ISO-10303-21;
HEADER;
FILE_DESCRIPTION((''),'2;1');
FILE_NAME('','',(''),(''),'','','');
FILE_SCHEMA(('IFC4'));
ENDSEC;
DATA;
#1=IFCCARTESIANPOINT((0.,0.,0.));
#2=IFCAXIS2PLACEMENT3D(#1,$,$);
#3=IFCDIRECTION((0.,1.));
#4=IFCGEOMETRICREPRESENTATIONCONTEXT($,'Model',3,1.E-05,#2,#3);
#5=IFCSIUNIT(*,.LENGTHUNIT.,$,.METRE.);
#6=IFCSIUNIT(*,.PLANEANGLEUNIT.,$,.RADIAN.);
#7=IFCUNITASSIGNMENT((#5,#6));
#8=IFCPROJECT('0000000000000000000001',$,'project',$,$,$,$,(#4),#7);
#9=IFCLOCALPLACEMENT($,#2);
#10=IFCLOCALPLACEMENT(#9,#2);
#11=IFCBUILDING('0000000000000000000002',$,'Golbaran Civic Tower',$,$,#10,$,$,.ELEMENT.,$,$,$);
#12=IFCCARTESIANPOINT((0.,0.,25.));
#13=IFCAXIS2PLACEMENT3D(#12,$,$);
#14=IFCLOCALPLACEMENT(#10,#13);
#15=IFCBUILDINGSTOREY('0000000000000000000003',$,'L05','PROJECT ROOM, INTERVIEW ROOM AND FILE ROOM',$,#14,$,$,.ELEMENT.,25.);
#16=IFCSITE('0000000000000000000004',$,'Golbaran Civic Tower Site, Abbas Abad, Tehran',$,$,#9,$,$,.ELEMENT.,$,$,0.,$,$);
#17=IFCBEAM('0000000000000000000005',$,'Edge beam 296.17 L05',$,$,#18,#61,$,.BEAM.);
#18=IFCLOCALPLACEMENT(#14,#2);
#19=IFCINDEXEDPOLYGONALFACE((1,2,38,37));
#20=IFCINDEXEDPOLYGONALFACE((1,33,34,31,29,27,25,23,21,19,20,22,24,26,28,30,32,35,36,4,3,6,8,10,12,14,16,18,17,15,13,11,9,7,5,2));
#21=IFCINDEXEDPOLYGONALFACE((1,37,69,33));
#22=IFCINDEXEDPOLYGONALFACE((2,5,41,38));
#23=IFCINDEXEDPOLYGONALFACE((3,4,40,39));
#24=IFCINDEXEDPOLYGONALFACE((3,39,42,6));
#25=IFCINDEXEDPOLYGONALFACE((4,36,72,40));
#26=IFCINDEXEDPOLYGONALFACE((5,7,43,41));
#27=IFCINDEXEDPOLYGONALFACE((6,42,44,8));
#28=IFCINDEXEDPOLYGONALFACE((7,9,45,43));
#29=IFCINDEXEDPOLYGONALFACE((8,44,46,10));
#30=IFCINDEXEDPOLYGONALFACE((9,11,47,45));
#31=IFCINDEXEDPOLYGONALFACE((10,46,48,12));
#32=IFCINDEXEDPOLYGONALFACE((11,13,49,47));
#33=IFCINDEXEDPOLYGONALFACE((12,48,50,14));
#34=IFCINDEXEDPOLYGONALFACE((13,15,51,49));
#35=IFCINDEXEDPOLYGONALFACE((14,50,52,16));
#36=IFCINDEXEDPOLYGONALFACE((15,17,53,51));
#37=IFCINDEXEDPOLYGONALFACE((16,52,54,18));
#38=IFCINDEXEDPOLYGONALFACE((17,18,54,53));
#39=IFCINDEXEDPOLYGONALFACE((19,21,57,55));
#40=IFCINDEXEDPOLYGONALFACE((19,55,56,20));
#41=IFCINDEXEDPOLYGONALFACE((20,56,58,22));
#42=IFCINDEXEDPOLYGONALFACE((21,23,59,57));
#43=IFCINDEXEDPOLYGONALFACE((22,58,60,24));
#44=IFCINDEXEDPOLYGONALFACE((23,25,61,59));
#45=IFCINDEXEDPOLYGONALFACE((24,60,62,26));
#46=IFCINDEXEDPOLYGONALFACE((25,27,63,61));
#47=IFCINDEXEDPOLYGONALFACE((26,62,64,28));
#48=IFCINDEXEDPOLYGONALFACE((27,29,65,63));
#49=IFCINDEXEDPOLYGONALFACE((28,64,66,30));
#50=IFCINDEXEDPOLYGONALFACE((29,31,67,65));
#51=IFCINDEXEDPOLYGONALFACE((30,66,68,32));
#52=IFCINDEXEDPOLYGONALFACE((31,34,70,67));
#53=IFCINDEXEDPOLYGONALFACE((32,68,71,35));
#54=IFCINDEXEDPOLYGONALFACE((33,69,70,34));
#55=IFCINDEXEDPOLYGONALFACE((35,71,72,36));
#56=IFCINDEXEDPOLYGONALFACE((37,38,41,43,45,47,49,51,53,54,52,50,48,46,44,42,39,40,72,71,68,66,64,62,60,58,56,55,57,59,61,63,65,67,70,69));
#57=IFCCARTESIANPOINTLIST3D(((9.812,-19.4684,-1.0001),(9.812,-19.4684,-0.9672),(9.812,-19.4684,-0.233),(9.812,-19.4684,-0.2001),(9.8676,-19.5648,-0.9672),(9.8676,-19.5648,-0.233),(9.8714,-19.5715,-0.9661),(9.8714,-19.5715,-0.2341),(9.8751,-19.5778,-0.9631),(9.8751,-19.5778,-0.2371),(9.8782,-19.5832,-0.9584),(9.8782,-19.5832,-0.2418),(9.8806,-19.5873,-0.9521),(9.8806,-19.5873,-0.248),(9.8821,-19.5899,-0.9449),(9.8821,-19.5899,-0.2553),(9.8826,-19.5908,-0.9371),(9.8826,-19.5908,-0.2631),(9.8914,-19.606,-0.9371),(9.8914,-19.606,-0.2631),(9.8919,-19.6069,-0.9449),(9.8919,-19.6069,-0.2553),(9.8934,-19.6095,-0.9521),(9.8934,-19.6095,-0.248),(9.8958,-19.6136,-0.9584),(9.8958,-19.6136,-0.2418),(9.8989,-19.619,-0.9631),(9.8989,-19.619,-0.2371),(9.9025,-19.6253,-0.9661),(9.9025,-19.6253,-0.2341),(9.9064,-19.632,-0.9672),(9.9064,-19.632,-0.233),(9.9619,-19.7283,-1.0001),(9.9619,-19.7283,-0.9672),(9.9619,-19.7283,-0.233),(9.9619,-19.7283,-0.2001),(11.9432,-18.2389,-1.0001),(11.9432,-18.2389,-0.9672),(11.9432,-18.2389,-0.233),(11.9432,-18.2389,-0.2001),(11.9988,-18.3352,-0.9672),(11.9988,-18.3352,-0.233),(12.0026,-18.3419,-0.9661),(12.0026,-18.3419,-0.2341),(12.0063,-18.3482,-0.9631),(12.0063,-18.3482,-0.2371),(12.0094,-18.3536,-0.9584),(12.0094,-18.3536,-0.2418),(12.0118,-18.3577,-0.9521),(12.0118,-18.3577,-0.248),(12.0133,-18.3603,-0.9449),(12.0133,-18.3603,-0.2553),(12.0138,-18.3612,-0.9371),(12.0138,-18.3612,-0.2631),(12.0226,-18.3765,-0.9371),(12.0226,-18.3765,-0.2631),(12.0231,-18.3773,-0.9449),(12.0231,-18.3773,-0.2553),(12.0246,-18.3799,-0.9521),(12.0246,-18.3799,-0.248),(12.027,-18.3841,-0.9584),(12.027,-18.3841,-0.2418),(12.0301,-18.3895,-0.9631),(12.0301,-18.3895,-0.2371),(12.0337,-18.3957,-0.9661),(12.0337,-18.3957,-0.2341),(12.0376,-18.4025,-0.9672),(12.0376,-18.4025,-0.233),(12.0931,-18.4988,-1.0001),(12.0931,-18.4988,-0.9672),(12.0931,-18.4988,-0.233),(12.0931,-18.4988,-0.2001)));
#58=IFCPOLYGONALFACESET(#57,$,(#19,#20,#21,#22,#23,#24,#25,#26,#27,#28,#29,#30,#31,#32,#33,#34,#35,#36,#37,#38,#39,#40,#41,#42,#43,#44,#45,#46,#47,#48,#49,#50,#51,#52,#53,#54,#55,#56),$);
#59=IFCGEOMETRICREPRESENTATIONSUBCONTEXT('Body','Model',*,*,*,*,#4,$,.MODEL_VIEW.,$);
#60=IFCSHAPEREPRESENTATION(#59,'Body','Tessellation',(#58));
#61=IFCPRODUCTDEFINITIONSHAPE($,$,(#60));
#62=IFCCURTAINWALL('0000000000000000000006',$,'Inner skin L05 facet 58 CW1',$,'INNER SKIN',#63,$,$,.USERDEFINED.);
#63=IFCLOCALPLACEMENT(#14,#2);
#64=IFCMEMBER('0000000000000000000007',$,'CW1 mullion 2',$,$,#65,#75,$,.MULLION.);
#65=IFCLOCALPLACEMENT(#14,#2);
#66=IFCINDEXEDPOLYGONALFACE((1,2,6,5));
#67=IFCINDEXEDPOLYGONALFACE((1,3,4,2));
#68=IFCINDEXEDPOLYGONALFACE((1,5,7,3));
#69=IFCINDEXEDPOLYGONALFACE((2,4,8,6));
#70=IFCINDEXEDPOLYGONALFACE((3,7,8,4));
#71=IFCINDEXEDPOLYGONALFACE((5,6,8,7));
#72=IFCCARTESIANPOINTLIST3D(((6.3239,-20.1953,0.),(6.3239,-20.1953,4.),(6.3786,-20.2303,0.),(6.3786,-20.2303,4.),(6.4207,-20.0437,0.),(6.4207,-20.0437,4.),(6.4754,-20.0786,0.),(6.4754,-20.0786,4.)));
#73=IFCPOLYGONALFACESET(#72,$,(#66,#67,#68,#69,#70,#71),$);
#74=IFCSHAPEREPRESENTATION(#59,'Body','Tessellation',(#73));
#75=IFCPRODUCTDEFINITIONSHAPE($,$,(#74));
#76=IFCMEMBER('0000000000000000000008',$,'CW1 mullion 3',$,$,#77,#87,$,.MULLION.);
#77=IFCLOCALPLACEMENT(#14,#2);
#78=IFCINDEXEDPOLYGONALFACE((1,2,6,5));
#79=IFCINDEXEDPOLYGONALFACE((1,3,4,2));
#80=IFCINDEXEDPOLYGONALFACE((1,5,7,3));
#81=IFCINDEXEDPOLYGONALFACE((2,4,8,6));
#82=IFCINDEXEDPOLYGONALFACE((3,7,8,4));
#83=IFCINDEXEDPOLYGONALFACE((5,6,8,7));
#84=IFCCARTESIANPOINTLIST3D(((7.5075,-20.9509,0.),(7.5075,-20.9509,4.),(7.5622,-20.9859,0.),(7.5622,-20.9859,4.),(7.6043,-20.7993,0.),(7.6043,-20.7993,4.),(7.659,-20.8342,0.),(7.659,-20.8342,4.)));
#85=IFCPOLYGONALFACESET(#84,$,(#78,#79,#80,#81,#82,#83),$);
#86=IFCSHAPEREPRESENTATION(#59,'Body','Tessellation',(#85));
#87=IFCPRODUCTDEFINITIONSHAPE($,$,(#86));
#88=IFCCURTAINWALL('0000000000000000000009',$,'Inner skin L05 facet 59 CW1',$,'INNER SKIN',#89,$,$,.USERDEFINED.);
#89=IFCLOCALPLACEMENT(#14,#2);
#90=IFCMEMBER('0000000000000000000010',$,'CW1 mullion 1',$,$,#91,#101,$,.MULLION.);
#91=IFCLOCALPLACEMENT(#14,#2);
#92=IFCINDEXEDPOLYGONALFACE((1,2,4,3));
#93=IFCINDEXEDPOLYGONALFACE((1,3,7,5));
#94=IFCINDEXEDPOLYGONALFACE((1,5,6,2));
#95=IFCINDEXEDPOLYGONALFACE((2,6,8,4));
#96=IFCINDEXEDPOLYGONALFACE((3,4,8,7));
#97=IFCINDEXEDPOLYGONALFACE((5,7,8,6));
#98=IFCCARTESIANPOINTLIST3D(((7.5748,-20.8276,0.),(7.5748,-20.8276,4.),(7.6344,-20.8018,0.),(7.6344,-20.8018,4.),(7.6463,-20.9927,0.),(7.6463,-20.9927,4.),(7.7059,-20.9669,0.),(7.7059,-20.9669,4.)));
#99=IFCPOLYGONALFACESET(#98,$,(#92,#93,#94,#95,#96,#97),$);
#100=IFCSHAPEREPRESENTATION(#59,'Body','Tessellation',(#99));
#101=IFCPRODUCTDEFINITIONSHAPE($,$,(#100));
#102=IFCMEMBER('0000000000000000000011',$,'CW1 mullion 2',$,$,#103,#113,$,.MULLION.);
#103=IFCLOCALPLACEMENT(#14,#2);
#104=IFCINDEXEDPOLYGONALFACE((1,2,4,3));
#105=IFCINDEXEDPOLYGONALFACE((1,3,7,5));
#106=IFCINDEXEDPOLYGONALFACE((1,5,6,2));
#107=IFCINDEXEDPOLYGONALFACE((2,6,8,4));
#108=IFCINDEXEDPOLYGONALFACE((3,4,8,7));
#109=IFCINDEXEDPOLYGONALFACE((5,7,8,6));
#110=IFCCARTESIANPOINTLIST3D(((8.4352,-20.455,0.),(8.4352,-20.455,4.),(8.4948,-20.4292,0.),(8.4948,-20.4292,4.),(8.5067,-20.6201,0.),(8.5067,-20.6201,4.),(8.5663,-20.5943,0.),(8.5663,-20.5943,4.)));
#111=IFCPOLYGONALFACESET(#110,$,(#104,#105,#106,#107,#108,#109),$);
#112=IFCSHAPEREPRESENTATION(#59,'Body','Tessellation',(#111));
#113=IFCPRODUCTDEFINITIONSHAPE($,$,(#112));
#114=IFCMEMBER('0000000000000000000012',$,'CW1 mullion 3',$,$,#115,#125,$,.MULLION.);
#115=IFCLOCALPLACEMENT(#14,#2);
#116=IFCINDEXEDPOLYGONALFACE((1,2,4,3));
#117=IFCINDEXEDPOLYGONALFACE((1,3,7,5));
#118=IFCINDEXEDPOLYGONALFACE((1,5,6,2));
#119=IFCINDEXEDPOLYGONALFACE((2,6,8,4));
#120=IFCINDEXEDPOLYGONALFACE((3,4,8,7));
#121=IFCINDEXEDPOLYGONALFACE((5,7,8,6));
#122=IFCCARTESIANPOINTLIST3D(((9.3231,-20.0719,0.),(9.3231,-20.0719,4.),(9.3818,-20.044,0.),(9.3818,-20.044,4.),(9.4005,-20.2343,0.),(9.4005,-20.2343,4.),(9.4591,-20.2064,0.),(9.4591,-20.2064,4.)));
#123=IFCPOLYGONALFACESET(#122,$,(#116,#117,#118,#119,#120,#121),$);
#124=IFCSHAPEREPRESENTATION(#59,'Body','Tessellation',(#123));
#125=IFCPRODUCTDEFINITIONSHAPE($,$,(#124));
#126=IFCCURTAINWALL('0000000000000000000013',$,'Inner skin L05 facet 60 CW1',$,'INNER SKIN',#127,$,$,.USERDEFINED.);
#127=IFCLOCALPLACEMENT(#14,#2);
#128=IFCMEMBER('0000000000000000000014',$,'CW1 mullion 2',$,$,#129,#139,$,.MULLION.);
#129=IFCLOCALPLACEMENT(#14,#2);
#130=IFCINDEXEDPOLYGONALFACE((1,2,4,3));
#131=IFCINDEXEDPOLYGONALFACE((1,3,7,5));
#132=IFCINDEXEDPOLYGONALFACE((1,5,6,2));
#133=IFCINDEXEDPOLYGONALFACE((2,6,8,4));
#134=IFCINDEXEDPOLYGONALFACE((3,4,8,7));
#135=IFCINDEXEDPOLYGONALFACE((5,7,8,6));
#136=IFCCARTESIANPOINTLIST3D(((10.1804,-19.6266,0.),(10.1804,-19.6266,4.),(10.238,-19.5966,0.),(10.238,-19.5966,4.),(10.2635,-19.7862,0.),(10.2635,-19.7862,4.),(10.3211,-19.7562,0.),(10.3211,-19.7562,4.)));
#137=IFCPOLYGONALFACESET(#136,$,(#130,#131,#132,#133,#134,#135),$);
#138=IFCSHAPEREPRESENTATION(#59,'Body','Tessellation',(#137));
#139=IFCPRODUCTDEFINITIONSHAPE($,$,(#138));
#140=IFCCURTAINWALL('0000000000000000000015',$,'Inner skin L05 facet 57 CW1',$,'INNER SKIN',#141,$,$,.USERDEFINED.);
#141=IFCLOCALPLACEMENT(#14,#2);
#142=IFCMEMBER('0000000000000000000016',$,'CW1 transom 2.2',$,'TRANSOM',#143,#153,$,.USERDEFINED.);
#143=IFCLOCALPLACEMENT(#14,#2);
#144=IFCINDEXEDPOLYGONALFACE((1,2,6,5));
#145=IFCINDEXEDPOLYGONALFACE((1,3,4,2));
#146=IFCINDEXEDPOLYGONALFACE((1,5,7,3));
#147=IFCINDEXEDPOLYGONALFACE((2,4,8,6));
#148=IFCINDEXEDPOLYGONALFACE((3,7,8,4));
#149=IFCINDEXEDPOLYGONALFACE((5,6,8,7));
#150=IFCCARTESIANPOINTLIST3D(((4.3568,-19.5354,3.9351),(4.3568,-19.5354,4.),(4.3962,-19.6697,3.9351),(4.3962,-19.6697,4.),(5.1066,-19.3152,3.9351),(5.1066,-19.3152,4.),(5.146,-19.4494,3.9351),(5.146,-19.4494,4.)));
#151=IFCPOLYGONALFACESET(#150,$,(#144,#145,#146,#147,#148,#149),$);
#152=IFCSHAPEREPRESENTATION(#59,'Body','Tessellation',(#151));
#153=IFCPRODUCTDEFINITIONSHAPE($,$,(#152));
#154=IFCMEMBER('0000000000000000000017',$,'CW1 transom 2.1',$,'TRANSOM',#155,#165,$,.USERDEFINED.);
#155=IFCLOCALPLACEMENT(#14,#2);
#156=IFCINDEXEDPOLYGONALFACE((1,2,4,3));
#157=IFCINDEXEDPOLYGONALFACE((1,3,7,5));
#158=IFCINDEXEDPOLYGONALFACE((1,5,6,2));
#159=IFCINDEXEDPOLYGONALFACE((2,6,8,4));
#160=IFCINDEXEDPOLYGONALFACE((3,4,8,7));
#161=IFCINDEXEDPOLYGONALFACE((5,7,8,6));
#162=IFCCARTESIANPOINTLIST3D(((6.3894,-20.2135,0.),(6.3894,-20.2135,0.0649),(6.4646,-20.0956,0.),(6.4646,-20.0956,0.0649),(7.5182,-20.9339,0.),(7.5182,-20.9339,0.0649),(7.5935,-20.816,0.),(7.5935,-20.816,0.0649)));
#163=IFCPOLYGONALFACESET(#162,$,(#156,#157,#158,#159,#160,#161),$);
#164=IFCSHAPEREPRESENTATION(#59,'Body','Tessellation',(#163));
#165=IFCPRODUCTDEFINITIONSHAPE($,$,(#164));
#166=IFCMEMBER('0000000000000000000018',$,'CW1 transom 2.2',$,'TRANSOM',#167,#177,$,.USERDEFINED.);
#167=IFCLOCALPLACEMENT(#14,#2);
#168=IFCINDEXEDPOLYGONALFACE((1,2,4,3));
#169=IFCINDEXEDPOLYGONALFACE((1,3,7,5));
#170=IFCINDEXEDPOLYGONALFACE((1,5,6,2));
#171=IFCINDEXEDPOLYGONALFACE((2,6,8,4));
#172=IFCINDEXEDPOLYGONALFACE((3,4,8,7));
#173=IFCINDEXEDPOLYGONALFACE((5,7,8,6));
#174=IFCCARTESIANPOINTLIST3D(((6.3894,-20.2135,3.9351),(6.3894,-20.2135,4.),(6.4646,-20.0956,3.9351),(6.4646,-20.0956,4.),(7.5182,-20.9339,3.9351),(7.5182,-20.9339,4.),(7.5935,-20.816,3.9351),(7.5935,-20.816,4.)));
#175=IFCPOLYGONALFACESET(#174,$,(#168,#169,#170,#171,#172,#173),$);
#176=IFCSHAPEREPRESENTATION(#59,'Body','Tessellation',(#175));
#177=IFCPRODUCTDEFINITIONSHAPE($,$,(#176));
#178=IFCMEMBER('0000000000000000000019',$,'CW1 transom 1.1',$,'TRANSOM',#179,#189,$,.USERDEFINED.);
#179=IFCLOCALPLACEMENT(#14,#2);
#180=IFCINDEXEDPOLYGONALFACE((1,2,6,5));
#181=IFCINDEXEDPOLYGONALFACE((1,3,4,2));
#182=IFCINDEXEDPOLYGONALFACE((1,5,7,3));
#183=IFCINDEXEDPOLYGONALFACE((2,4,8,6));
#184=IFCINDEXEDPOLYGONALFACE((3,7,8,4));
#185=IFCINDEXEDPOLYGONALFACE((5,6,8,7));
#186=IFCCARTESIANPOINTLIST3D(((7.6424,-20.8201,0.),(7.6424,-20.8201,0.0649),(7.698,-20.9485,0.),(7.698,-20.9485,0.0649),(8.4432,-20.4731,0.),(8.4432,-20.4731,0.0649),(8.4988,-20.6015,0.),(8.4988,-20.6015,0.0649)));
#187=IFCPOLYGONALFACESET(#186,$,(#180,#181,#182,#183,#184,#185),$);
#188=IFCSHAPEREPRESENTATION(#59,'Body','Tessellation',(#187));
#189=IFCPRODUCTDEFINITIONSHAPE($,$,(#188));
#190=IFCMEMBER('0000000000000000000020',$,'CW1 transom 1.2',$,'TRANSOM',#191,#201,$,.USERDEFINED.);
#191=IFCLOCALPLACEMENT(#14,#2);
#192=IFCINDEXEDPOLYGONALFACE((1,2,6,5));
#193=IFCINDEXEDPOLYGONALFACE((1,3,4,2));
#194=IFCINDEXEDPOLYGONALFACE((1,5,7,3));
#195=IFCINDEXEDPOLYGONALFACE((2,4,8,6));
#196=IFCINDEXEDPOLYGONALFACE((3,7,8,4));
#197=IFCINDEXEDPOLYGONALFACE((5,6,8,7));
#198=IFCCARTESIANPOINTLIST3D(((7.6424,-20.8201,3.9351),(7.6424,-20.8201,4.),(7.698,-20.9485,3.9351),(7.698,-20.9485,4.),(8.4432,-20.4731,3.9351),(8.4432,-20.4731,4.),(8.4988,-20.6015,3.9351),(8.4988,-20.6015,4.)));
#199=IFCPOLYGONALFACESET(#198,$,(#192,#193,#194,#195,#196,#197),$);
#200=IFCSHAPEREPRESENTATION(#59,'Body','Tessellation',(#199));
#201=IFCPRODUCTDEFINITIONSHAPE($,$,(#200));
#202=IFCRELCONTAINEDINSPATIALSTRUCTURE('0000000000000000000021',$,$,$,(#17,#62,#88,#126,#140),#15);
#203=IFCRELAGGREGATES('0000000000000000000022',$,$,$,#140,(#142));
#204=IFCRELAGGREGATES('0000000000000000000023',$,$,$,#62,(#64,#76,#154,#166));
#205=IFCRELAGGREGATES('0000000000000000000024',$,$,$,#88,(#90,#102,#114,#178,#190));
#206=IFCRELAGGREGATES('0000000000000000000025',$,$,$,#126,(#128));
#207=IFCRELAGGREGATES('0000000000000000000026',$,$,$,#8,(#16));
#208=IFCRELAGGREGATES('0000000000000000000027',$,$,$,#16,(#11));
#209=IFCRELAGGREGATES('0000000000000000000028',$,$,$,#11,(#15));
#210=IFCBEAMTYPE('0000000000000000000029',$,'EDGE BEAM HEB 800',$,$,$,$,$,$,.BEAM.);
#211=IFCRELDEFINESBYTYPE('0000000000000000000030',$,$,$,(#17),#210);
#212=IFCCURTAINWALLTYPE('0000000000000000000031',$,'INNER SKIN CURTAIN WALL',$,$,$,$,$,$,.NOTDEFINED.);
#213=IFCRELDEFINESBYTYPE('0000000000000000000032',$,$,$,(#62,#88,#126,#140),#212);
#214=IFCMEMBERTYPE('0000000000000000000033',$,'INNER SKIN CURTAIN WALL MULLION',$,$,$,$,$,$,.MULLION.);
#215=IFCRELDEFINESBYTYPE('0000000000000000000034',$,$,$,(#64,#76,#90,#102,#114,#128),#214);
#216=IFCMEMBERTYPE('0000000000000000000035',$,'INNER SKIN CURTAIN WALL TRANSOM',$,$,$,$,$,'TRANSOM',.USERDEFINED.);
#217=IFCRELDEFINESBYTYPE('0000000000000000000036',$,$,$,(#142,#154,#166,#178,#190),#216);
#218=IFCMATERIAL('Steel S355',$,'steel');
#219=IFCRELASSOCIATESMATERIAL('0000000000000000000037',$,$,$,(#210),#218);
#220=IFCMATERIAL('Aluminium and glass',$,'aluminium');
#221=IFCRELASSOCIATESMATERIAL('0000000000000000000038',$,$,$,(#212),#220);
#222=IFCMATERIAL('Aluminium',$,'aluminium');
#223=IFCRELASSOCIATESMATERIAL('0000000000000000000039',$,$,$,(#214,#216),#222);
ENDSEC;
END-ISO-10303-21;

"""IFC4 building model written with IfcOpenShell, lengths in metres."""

from ifc_helpers import new_model, si_unit, direction, frame, origin, origin_2d, place, context, subcontext, project, spatial, rectangle, i_section, extrude, material, material_profile, profile_set, type_object, element, aggregate, save


model = new_model("IFC4")

# Units and contexts
model_context = context("Model", 3, precision=1e-05, world=origin(), true_north=direction((0.0, 1.0)))
body_context = subcontext(model_context, "Body", "Model", "MODEL_VIEW")
ifc_project = project(units=[si_unit("LENGTHUNIT", "METRE"), si_unit("PLANEANGLEUNIT", "RADIAN")], contexts=[model_context])

# Site, building, storey
site_placement = place(None, origin())
site = spatial("IfcSite", under=ifc_project, at=site_placement, Name="Golbaran Civic Tower Site, Abbas Abad, Tehran", CompositionType="ELEMENT", RefElevation=0.0)
building_placement = place(site_placement, origin())
building = spatial("IfcBuilding", under=site, at=building_placement, Name="Golbaran Civic Tower", CompositionType="ELEMENT")
storey_placement = place(building_placement, frame((0.0, 0.0, 25.0)))
storey = spatial("IfcBuildingStorey", under=building, at=storey_placement, Name="L05", Description="PROJECT ROOM, INTERVIEW ROOM AND FILE ROOM", CompositionType="ELEMENT", Elevation=25.0)

# Beam
ifc_material_1 = material(Name="Steel S355", Category="steel")
ifc_material_profile_1 = material_profile(ifc_material_1, i_section(OverallWidth=0.3, OverallDepth=0.8, WebThickness=0.0176, FlangeThickness=0.033, FilletRadius=0.03, at=origin_2d()), Name="HEB 800")
ifc_profile_set_1 = profile_set([ifc_material_profile_1], Name="Steel S355")
beam_type = type_object("IfcBeamType", Name="EDGE BEAM HEB 800", PredefinedType="BEAM", material=ifc_profile_set_1)
beam_placement = place(storey_placement, frame((9.887, -19.5984, -0.6001), z_axis=(0.866184, 0.499725, 0.0), x_axis=(-0.499725, 0.866184, 0.0)))
element("IfcBeam", 1, at=beam_placement, inside=storey, type_object=beam_type, Name="Edge beam 296.17 L05", PredefinedType="BEAM", context=body_context, shape_type="SweptSolid", body=[
    extrude(i_section(OverallWidth=0.3, OverallDepth=0.8, WebThickness=0.0176, FlangeThickness=0.033, FilletRadius=0.03, at=origin_2d()), origin(), (0.0, 0.0, 1.0), 2.4604),
])

# Curtain walls, members
ifc_material_2 = material(Name="Aluminium and glass", Category="aluminium")
curtain_wall_type = type_object("IfcCurtainWallType", Name="INNER SKIN CURTAIN WALL", PredefinedType="NOTDEFINED", material=ifc_material_2)
curtain_wall_1_placement = place(storey_placement, origin())
curtain_wall_1 = element("IfcCurtainWall", 2, at=curtain_wall_1_placement, inside=storey, type_object=curtain_wall_type, Name="Inner skin L05 facet 58 CW1", ObjectType="INNER SKIN", PredefinedType="USERDEFINED")
ifc_material_3 = material(Name="Aluminium", Category="aluminium")
ifc_material_profile_2 = material_profile(ifc_material_3, rectangle(XDim=0.1799, YDim=0.0649, at=origin_2d()), Name="INNER SKIN CURTAIN WALL MULLION")
ifc_profile_set_2 = profile_set([ifc_material_profile_2], Name="Aluminium")
member_type_1 = type_object("IfcMemberType", Name="INNER SKIN CURTAIN WALL MULLION", PredefinedType="MULLION", material=ifc_profile_set_2)
member_1_placement = place(storey_placement, frame((6.3997, -20.137, 0.0), z_axis=(0.0, 0.0, 1.0), x_axis=(0.538063, 0.842904, 0.0)))
member_1 = element("IfcMember", 3, at=member_1_placement, type_object=member_type_1, Name="CW1 mullion 2", PredefinedType="MULLION", context=body_context, shape_type="SweptSolid", body=[
    extrude(rectangle(XDim=0.1799, YDim=0.0649, at=origin_2d()), origin(), (0.0, 0.0, 1.0), 4.0),
])
member_2_placement = place(storey_placement, frame((7.5833, -20.8926, 0.0), z_axis=(0.0, 0.0, 1.0), x_axis=(0.538063, 0.842904, 0.0)))
member_2 = element("IfcMember", 4, at=member_2_placement, type_object=member_type_1, Name="CW1 mullion 3", PredefinedType="MULLION", context=body_context, shape_type="SweptSolid", body=[
    extrude(rectangle(XDim=0.1799, YDim=0.0649, at=origin_2d()), origin(), (0.0, 0.0, 1.0), 4.0),
])
curtain_wall_2_placement = place(storey_placement, origin())
curtain_wall_2 = element("IfcCurtainWall", 5, at=curtain_wall_2_placement, inside=storey, type_object=curtain_wall_type, Name="Inner skin L05 facet 59 CW1", ObjectType="INNER SKIN", PredefinedType="USERDEFINED")
member_3_placement = place(storey_placement, frame((7.6404, -20.8972, 0.0), z_axis=(0.0, 0.0, 1.0), x_axis=(-0.397383, 0.917653, 0.0)))
member_3 = element("IfcMember", 6, at=member_3_placement, type_object=member_type_1, Name="CW1 mullion 1", PredefinedType="MULLION", context=body_context, shape_type="SweptSolid", body=[
    extrude(rectangle(XDim=0.1799, YDim=0.0649, at=origin_2d()), origin(), (0.0, 0.0, 1.0), 4.0),
])
member_4_placement = place(storey_placement, frame((8.5007, -20.5247, 0.0), z_axis=(0.0, 0.0, 1.0), x_axis=(-0.397383, 0.917653, 0.0)))
member_4 = element("IfcMember", 7, at=member_4_placement, type_object=member_type_1, Name="CW1 mullion 2", PredefinedType="MULLION", context=body_context, shape_type="SweptSolid", body=[
    extrude(rectangle(XDim=0.1799, YDim=0.0649, at=origin_2d()), origin(), (0.0, 0.0, 1.0), 4.0),
])
member_5_placement = place(storey_placement, frame((9.3911, -20.1392, 0.0), z_axis=(0.0, 0.0, 1.0), x_axis=(-0.429839, 0.902906, 0.0)))
member_5 = element("IfcMember", 8, at=member_5_placement, type_object=member_type_1, Name="CW1 mullion 3", PredefinedType="MULLION", context=body_context, shape_type="SweptSolid", body=[
    extrude(rectangle(XDim=0.1799, YDim=0.0649, at=origin_2d()), origin(), (0.0, 0.0, 1.0), 4.0),
])

# Curtain walls, members
curtain_wall_3_placement = place(storey_placement, origin())
curtain_wall_3 = element("IfcCurtainWall", 9, at=curtain_wall_3_placement, inside=storey, type_object=curtain_wall_type, Name="Inner skin L05 facet 60 CW1", ObjectType="INNER SKIN", PredefinedType="USERDEFINED")
member_6_placement = place(storey_placement, frame((10.2507, -19.6914, 0.0), z_axis=(0.0, 0.0, 1.0), x_axis=(-0.461749, 0.887011, 0.0)))
member_6 = element("IfcMember", 10, at=member_6_placement, type_object=member_type_1, Name="CW1 mullion 2", PredefinedType="MULLION", context=body_context, shape_type="SweptSolid", body=[
    extrude(rectangle(XDim=0.1799, YDim=0.0649, at=origin_2d()), origin(), (0.0, 0.0, 1.0), 4.0),
])
curtain_wall_4_placement = place(storey_placement, origin())
curtain_wall_4 = element("IfcCurtainWall", 11, at=curtain_wall_4_placement, inside=storey, type_object=curtain_wall_type, Name="Inner skin L05 facet 57 CW1", ObjectType="INNER SKIN", PredefinedType="USERDEFINED")
ifc_material_profile_3 = material_profile(ifc_material_3, rectangle(XDim=0.1399, YDim=0.0649, at=origin_2d()), Name="INNER SKIN CURTAIN WALL TRANSOM")
ifc_profile_set_3 = profile_set([ifc_material_profile_3], Name="Aluminium")
member_type_2 = type_object("IfcMemberType", Name="INNER SKIN CURTAIN WALL TRANSOM", ElementType="TRANSOM", PredefinedType="USERDEFINED", material=ifc_profile_set_3)
member_7_placement = place(storey_placement, frame((4.3765, -19.6025, 3.9675), z_axis=(0.95947, 0.281811, 0.0), x_axis=(-0.281811, 0.95947, 0.0)))
member_7 = element("IfcMember", 12, at=member_7_placement, type_object=member_type_2, Name="CW1 transom 2.2", ObjectType="TRANSOM", PredefinedType="USERDEFINED", context=body_context, shape_type="SweptSolid", body=[
    extrude(rectangle(XDim=0.1399, YDim=0.0649, at=origin_2d()), origin(), (0.0, 0.0, 1.0), 0.7815),
])
aggregate(curtain_wall_4, [member_7])

# Members
member_8_placement = place(storey_placement, frame((6.427, -20.1545, 0.0325), z_axis=(0.842963, -0.537972, 0.0), x_axis=(0.537972, 0.842963, 0.0)))
member_8 = element("IfcMember", 13, at=member_8_placement, type_object=member_type_2, Name="CW1 transom 2.1", ObjectType="TRANSOM", PredefinedType="USERDEFINED", context=body_context, shape_type="SweptSolid", body=[
    extrude(rectangle(XDim=0.1399, YDim=0.0649, at=origin_2d()), origin(), (0.0, 0.0, 1.0), 1.3391),
])
member_9_placement = place(storey_placement, frame((6.427, -20.1545, 3.9675), z_axis=(0.842963, -0.537972, 0.0), x_axis=(0.537972, 0.842963, 0.0)))
member_9 = element("IfcMember", 14, at=member_9_placement, type_object=member_type_2, Name="CW1 transom 2.2", ObjectType="TRANSOM", PredefinedType="USERDEFINED", context=body_context, shape_type="SweptSolid", body=[
    extrude(rectangle(XDim=0.1399, YDim=0.0649, at=origin_2d()), origin(), (0.0, 0.0, 1.0), 1.3391),
])
member_10_placement = place(storey_placement, frame((7.6702, -20.8843, 0.0325), z_axis=(0.91759, 0.397529, 0.0), x_axis=(-0.397529, 0.91759, 0.0)))
member_10 = element("IfcMember", 15, at=member_10_placement, type_object=member_type_2, Name="CW1 transom 1.1", ObjectType="TRANSOM", PredefinedType="USERDEFINED", context=body_context, shape_type="SweptSolid", body=[
    extrude(rectangle(XDim=0.1399, YDim=0.0649, at=origin_2d()), origin(), (0.0, 0.0, 1.0), 0.8728),
])
member_11_placement = place(storey_placement, frame((7.6702, -20.8843, 3.9675), z_axis=(0.91759, 0.397529, 0.0), x_axis=(-0.397529, 0.91759, 0.0)))
member_11 = element("IfcMember", 16, at=member_11_placement, type_object=member_type_2, Name="CW1 transom 1.2", ObjectType="TRANSOM", PredefinedType="USERDEFINED", context=body_context, shape_type="SweptSolid", body=[
    extrude(rectangle(XDim=0.1399, YDim=0.0649, at=origin_2d()), origin(), (0.0, 0.0, 1.0), 0.8728),
])

aggregate(curtain_wall_1, [member_1, member_2, member_8, member_9])
aggregate(curtain_wall_2, [member_3, member_4, member_5, member_10, member_11])
aggregate(curtain_wall_3, [member_6])

save(model, "model.ifc")
